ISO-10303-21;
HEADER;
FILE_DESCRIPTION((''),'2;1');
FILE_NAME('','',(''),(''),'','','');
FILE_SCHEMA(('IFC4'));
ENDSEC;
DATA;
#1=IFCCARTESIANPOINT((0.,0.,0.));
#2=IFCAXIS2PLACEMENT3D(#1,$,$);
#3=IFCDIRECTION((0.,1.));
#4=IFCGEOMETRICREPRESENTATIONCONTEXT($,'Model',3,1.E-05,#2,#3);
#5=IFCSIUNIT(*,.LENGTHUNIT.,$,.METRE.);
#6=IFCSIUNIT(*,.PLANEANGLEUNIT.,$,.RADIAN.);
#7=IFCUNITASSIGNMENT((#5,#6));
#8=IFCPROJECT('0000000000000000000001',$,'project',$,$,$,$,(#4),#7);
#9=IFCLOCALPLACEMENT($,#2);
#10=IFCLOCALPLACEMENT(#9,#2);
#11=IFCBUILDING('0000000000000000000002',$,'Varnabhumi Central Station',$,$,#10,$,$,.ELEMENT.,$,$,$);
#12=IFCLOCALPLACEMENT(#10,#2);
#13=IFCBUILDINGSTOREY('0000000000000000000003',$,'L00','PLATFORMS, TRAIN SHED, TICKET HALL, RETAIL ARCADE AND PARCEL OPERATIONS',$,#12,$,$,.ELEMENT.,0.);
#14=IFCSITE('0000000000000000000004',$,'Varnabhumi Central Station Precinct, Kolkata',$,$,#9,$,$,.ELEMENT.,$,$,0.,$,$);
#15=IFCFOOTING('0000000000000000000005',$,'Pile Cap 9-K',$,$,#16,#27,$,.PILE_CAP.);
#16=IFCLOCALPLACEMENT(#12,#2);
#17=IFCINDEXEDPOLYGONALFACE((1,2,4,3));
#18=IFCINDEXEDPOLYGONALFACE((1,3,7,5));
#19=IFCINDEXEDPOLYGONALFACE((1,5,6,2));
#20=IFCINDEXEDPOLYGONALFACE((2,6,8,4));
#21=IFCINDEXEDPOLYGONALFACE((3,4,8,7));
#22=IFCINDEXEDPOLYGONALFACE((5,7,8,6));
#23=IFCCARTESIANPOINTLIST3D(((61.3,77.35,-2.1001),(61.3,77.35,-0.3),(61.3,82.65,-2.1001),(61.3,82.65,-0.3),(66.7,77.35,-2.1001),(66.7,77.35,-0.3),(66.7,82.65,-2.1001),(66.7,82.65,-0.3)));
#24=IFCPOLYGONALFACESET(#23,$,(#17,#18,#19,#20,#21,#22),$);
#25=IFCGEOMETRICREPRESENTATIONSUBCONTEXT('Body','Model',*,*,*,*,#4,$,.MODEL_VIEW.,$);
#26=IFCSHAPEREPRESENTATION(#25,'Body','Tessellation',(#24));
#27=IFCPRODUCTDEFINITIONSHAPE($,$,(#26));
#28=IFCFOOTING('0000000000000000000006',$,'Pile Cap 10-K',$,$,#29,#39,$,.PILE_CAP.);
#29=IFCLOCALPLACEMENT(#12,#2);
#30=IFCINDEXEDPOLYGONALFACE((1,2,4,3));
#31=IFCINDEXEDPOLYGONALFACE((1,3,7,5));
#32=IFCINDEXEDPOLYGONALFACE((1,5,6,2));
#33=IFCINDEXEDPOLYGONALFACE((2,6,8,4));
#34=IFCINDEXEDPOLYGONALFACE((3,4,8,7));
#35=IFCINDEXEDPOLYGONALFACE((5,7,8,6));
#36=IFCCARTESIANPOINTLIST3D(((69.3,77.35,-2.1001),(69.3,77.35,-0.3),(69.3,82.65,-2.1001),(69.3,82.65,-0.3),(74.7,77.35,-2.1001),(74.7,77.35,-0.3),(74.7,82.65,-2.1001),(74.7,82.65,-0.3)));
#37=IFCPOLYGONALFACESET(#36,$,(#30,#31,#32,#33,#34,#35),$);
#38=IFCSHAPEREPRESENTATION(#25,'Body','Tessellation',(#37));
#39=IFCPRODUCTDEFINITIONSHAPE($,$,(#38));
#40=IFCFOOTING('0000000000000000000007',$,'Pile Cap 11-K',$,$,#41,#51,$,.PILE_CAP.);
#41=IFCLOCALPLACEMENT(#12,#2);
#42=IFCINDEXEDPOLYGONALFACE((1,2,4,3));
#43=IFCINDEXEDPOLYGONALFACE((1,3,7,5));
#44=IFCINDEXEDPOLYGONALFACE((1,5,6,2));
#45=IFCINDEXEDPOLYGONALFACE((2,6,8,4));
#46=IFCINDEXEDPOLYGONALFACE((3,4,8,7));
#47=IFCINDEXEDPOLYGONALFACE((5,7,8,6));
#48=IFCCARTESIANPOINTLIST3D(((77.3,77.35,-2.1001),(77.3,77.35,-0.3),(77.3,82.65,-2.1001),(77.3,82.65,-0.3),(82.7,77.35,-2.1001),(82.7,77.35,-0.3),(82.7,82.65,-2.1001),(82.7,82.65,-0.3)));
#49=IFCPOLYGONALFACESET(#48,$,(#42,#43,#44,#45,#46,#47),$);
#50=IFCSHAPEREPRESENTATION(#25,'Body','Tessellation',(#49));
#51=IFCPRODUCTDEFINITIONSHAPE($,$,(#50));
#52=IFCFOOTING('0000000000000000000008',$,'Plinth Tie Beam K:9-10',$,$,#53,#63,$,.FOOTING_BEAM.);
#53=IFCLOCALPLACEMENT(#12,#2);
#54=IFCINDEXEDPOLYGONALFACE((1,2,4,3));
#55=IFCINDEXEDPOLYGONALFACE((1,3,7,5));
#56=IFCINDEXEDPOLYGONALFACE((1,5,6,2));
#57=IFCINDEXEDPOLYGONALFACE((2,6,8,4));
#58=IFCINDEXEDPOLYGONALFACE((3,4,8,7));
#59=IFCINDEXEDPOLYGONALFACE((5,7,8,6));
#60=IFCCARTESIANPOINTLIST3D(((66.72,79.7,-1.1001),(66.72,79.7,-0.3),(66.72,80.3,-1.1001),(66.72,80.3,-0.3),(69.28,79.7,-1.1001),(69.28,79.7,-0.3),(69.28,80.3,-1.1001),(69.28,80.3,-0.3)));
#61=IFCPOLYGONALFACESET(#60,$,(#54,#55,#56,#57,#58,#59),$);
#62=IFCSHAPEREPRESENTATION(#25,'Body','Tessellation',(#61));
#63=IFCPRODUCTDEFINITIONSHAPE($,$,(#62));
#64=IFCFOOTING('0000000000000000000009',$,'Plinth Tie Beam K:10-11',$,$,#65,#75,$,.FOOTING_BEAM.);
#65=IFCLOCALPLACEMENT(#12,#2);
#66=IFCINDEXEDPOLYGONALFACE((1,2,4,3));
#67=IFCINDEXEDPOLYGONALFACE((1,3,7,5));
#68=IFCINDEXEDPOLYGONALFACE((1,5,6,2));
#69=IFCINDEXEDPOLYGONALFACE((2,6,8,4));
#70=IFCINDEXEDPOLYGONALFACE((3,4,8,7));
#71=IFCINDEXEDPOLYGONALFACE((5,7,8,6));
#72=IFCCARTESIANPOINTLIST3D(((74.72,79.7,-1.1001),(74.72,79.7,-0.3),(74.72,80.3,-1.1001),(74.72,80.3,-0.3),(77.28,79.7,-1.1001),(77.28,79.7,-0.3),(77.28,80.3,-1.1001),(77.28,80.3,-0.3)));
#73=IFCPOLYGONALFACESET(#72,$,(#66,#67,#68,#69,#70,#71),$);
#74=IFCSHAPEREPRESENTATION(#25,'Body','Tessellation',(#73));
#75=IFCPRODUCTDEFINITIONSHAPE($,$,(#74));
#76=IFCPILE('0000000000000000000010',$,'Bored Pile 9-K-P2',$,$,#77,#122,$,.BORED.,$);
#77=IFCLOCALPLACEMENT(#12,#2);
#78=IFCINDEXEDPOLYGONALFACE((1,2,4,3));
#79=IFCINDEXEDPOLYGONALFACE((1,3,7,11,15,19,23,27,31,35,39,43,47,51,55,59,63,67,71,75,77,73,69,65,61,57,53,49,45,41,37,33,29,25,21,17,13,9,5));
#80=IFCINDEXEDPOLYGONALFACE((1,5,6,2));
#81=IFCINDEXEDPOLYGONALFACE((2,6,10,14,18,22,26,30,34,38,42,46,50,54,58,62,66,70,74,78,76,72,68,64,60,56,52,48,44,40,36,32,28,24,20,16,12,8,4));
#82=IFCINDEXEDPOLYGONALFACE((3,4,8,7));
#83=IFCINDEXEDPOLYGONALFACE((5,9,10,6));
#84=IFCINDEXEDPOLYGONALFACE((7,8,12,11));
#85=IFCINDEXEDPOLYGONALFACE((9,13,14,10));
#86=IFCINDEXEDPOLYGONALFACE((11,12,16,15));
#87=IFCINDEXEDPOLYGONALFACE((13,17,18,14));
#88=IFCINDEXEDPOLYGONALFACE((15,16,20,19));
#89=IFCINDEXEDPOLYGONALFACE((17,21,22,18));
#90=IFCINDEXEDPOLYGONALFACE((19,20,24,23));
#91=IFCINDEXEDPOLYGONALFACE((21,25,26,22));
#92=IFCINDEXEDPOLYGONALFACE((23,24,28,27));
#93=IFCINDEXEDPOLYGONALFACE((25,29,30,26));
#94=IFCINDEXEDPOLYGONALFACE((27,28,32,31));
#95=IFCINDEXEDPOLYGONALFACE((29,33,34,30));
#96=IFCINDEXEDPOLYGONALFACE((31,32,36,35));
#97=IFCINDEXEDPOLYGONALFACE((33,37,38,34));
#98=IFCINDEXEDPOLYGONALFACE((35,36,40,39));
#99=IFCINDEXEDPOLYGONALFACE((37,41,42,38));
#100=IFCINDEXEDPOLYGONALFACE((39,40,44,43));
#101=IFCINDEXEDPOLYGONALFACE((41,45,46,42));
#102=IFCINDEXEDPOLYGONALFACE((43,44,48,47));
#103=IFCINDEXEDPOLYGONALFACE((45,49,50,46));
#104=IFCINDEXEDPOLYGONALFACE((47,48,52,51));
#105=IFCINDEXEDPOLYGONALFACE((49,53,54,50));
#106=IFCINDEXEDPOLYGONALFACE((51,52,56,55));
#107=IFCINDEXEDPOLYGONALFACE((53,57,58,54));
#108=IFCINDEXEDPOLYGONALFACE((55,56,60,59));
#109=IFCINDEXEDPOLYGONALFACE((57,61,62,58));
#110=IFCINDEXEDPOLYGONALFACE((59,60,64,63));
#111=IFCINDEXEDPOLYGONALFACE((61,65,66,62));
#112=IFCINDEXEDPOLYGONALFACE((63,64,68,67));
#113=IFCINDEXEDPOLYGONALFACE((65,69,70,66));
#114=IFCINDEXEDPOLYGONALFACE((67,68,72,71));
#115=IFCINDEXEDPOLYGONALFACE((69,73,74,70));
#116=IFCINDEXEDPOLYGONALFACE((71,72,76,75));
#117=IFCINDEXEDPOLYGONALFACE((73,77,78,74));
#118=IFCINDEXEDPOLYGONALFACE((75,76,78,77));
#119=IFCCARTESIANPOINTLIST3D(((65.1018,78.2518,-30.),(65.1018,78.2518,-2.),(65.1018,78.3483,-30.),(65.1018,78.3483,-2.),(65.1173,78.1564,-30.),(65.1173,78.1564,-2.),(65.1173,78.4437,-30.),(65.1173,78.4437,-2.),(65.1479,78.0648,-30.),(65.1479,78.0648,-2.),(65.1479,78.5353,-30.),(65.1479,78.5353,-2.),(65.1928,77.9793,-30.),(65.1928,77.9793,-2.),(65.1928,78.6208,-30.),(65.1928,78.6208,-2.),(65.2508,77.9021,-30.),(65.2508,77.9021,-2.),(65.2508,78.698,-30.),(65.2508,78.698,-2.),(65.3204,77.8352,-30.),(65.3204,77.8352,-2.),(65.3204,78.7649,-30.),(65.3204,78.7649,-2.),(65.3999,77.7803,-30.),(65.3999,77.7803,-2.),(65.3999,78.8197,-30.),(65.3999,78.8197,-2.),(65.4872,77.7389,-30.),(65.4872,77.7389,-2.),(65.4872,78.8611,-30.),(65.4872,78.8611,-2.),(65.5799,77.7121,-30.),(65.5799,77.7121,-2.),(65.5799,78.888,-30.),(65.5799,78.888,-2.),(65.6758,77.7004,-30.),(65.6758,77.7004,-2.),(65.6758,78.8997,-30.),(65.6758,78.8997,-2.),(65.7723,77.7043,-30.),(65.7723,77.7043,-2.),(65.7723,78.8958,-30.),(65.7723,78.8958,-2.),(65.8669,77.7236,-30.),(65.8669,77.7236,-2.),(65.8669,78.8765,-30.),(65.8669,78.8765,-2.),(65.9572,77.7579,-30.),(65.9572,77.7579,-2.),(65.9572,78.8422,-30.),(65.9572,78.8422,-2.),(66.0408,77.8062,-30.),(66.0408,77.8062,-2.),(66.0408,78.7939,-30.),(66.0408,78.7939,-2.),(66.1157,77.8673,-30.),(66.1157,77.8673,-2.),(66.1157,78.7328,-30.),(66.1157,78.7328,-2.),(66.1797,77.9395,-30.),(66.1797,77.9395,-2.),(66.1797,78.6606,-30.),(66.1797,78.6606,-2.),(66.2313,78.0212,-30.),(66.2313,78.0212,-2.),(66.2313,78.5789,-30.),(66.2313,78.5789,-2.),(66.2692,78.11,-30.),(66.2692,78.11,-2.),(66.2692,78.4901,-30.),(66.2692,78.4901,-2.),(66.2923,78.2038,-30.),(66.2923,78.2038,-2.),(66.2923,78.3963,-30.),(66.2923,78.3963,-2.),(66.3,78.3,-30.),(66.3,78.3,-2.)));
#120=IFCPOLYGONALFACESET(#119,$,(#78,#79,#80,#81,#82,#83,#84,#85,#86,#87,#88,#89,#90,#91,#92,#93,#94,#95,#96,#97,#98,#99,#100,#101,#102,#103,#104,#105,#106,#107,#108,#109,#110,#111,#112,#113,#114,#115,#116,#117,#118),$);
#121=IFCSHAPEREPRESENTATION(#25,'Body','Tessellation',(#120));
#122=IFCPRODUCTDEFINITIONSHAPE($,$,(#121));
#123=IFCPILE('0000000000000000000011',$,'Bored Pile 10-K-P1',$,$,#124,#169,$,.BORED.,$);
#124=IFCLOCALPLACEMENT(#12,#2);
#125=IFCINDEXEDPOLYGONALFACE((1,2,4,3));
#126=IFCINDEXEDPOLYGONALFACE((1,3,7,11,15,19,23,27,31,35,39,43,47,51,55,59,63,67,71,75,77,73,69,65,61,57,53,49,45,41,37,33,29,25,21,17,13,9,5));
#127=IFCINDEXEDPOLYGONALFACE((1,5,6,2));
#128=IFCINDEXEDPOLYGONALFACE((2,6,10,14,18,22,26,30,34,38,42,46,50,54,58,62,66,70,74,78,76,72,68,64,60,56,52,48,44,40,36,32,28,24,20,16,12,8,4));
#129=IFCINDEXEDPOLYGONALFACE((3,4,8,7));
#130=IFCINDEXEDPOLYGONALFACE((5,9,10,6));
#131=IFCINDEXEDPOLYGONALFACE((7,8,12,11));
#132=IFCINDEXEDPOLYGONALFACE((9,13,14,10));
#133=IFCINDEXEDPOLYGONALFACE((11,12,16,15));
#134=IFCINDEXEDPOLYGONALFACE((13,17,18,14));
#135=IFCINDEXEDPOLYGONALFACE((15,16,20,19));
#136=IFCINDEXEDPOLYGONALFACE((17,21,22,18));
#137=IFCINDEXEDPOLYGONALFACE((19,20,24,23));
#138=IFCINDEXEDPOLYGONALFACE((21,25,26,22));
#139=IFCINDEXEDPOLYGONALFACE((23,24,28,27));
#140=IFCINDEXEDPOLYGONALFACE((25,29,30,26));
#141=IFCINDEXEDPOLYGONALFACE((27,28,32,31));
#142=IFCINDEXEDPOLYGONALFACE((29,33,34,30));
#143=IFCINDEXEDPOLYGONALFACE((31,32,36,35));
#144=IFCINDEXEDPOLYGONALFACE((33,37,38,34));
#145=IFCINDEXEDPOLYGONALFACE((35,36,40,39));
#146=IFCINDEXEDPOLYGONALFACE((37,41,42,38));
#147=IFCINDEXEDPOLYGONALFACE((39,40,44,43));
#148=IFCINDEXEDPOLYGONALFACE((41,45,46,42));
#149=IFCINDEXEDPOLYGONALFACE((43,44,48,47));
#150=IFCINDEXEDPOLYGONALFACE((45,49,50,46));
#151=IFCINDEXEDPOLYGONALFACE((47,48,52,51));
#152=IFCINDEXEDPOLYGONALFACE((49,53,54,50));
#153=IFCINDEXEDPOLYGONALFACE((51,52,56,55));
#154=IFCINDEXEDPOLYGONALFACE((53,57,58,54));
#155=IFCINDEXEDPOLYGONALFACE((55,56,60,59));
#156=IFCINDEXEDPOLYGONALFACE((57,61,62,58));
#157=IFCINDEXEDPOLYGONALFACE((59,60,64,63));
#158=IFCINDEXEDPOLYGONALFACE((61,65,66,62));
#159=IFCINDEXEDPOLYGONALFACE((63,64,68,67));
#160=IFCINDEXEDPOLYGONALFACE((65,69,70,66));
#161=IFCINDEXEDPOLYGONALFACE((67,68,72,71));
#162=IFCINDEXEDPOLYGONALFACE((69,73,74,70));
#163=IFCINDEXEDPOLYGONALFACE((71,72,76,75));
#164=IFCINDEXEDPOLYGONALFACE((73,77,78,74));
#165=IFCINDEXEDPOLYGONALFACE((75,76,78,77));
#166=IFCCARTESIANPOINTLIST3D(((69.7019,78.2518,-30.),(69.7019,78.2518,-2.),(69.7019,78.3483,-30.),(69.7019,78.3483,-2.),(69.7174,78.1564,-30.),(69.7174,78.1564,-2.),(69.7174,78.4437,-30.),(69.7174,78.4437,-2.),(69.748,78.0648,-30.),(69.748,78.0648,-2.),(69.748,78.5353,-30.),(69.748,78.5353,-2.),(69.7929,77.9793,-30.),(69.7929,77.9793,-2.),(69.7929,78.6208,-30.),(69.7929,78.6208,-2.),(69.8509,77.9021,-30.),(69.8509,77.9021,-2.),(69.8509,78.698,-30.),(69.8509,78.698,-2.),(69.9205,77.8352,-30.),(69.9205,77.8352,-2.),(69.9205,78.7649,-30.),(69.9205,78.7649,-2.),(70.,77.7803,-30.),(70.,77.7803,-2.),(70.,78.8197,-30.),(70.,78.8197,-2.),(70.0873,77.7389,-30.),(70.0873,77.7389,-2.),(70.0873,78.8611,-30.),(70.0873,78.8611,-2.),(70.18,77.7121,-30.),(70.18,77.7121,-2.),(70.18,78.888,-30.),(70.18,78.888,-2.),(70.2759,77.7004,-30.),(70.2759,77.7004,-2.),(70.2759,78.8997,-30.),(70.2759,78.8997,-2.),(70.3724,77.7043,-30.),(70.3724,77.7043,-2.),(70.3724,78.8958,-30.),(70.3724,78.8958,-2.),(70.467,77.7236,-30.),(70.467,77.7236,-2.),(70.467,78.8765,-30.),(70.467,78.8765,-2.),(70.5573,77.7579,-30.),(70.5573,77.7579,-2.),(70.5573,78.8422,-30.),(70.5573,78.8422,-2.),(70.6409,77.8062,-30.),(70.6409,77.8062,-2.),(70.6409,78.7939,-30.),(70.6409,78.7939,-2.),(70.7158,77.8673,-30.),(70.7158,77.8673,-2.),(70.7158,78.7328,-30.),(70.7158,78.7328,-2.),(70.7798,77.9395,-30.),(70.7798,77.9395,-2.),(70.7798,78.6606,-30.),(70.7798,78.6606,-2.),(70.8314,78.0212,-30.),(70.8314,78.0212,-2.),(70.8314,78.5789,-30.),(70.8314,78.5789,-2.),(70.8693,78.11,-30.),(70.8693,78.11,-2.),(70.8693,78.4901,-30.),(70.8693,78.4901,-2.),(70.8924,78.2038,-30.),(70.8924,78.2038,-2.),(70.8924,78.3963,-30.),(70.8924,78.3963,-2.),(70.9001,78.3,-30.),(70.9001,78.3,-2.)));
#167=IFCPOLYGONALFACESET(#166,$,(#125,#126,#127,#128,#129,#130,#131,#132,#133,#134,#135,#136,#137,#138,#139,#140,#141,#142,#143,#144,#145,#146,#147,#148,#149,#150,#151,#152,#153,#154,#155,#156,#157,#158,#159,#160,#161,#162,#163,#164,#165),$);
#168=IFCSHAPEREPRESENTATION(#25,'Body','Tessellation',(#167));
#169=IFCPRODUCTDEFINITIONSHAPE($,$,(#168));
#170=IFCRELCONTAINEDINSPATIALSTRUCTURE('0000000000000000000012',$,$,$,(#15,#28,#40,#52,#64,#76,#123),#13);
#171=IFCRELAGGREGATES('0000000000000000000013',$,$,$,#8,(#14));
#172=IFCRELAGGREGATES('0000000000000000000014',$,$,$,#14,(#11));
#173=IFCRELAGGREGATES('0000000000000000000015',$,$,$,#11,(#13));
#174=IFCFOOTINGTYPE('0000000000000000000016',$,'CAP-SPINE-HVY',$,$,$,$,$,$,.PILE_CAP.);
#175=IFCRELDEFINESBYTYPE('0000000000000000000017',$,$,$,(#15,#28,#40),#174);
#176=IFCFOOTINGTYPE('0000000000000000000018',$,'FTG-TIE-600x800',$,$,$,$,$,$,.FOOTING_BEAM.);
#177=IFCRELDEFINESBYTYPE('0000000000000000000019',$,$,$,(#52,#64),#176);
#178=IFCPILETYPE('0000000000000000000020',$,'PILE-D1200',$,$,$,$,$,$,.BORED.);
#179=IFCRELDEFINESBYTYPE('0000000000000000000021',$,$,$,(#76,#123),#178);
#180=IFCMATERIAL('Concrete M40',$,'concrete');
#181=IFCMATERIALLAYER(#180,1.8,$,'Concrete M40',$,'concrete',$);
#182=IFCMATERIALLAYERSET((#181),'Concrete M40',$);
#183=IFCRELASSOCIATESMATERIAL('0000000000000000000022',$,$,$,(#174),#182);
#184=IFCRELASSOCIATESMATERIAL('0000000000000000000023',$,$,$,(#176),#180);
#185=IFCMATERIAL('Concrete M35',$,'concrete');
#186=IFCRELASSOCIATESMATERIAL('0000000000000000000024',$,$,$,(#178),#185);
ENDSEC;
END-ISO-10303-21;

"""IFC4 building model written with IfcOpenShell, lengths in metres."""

from ifc_helpers import new_model, si_unit, direction, frame, origin, origin_2d, place, context, subcontext, project, spatial, rectangle, circle, extrude, material, layer, layer_set, material_profile, profile_set, type_object, element, save


model = new_model("IFC4")

# Units and contexts
model_context = context("Model", 3, precision=1e-05, world=origin(), true_north=direction((0.0, 1.0)))
body_context = subcontext(model_context, "Body", "Model", "MODEL_VIEW")
ifc_project = project(units=[si_unit("LENGTHUNIT", "METRE"), si_unit("PLANEANGLEUNIT", "RADIAN")], contexts=[model_context])

# Site, building, storey
site_placement = place(None, origin())
site = spatial("IfcSite", under=ifc_project, at=site_placement, Name="Varnabhumi Central Station Precinct, Kolkata", CompositionType="ELEMENT", RefElevation=0.0)
building_placement = place(site_placement, origin())
building = spatial("IfcBuilding", under=site, at=building_placement, Name="Varnabhumi Central Station", CompositionType="ELEMENT")
storey_placement = place(building_placement, origin())
storey = spatial("IfcBuildingStorey", under=building, at=storey_placement, Name="L00", Description="PLATFORMS, TRAIN SHED, TICKET HALL, RETAIL ARCADE AND PARCEL OPERATIONS", CompositionType="ELEMENT", Elevation=0.0)

# Footings
ifc_material_1 = material(Name="Concrete M40", Category="concrete")
ifc_layer_1 = layer(ifc_material_1, 1.8, Name="Concrete M40", Category="concrete")
ifc_layer_set_1 = layer_set([ifc_layer_1], Name="Concrete M40")
footing_type_1 = type_object("IfcFootingType", Name="CAP-SPINE-HVY", PredefinedType="PILE_CAP", material=ifc_layer_set_1)
for number, where, z_axis, x_axis, name in (
    (1, (64.0, 80.0, -2.1001), (0.0, 0.0, 1.0), (1.0, 0.0, 0.0), "Pile Cap 9-K"),
    (2, (72.0, 80.0, -2.1001), (0.0, 0.0, 1.0), (1.0, 0.0, 0.0), "Pile Cap 10-K"),
    (3, (80.0, 80.0, -2.1001), (0.0, 0.0, 1.0), (1.0, 0.0, 0.0), "Pile Cap 11-K"),
):
    element("IfcFooting", number, at=place(storey_placement, frame(where, z_axis=z_axis, x_axis=x_axis)), inside=storey, type_object=footing_type_1, Name=name, PredefinedType="PILE_CAP", context=body_context, shape_type="SweptSolid", body=[
        extrude(rectangle(XDim=5.3999, YDim=5.3, at=origin_2d()), origin(), (0.0, 0.0, 1.0), 1.8),
    ])
footing_type_2 = type_object("IfcFootingType", Name="FTG-TIE-600x800", PredefinedType="FOOTING_BEAM", material=ifc_material_1)
for number, where, z_axis, x_axis, name in (
    (4, (68.0, 80.0, -1.1001), (0.0, 0.0, 1.0), (1.0, 0.0, 0.0), "Plinth Tie Beam K:9-10"),
    (5, (76.0, 80.0, -1.1001), (0.0, 0.0, 1.0), (1.0, 0.0, 0.0), "Plinth Tie Beam K:10-11"),
):
    element("IfcFooting", number, at=place(storey_placement, frame(where, z_axis=z_axis, x_axis=x_axis)), inside=storey, type_object=footing_type_2, Name=name, PredefinedType="FOOTING_BEAM", context=body_context, shape_type="SweptSolid", body=[
        extrude(rectangle(XDim=2.5601, YDim=0.6001, at=origin_2d()), origin(), (0.0, 0.0, 1.0), 0.8),
    ])

# Piles
ifc_material_2 = material(Name="Concrete M35", Category="concrete")
ifc_material_profile_1 = material_profile(ifc_material_2, circle(Radius=0.6001, at=origin_2d()), Name="Concrete M35", Category="concrete")
ifc_profile_set_1 = profile_set([ifc_material_profile_1], Name="Concrete M35")
pile_type = type_object("IfcPileType", Name="PILE-D1200", PredefinedType="BORED", material=ifc_profile_set_1)
for number, where, z_axis, x_axis, name in (
    (6, (65.7, 78.3, -2.0), (0.0, 0.0, -1.0), (1.0, 0.0, 0.0), "Bored Pile 9-K-P2"),
    (7, (70.3, 78.3, -2.0), (0.0, 0.0, -1.0), (1.0, 0.0, 0.0), "Bored Pile 10-K-P1"),
):
    element("IfcPile", number, at=place(storey_placement, frame(where, z_axis=z_axis, x_axis=x_axis)), inside=storey, type_object=pile_type, Name=name, PredefinedType="BORED", context=body_context, shape_type="SweptSolid", body=[
        extrude(circle(Radius=0.6001, at=origin_2d()), origin(), (0.0, 0.0, 1.0), 28.0),
    ])

save(model, "model.ifc")
